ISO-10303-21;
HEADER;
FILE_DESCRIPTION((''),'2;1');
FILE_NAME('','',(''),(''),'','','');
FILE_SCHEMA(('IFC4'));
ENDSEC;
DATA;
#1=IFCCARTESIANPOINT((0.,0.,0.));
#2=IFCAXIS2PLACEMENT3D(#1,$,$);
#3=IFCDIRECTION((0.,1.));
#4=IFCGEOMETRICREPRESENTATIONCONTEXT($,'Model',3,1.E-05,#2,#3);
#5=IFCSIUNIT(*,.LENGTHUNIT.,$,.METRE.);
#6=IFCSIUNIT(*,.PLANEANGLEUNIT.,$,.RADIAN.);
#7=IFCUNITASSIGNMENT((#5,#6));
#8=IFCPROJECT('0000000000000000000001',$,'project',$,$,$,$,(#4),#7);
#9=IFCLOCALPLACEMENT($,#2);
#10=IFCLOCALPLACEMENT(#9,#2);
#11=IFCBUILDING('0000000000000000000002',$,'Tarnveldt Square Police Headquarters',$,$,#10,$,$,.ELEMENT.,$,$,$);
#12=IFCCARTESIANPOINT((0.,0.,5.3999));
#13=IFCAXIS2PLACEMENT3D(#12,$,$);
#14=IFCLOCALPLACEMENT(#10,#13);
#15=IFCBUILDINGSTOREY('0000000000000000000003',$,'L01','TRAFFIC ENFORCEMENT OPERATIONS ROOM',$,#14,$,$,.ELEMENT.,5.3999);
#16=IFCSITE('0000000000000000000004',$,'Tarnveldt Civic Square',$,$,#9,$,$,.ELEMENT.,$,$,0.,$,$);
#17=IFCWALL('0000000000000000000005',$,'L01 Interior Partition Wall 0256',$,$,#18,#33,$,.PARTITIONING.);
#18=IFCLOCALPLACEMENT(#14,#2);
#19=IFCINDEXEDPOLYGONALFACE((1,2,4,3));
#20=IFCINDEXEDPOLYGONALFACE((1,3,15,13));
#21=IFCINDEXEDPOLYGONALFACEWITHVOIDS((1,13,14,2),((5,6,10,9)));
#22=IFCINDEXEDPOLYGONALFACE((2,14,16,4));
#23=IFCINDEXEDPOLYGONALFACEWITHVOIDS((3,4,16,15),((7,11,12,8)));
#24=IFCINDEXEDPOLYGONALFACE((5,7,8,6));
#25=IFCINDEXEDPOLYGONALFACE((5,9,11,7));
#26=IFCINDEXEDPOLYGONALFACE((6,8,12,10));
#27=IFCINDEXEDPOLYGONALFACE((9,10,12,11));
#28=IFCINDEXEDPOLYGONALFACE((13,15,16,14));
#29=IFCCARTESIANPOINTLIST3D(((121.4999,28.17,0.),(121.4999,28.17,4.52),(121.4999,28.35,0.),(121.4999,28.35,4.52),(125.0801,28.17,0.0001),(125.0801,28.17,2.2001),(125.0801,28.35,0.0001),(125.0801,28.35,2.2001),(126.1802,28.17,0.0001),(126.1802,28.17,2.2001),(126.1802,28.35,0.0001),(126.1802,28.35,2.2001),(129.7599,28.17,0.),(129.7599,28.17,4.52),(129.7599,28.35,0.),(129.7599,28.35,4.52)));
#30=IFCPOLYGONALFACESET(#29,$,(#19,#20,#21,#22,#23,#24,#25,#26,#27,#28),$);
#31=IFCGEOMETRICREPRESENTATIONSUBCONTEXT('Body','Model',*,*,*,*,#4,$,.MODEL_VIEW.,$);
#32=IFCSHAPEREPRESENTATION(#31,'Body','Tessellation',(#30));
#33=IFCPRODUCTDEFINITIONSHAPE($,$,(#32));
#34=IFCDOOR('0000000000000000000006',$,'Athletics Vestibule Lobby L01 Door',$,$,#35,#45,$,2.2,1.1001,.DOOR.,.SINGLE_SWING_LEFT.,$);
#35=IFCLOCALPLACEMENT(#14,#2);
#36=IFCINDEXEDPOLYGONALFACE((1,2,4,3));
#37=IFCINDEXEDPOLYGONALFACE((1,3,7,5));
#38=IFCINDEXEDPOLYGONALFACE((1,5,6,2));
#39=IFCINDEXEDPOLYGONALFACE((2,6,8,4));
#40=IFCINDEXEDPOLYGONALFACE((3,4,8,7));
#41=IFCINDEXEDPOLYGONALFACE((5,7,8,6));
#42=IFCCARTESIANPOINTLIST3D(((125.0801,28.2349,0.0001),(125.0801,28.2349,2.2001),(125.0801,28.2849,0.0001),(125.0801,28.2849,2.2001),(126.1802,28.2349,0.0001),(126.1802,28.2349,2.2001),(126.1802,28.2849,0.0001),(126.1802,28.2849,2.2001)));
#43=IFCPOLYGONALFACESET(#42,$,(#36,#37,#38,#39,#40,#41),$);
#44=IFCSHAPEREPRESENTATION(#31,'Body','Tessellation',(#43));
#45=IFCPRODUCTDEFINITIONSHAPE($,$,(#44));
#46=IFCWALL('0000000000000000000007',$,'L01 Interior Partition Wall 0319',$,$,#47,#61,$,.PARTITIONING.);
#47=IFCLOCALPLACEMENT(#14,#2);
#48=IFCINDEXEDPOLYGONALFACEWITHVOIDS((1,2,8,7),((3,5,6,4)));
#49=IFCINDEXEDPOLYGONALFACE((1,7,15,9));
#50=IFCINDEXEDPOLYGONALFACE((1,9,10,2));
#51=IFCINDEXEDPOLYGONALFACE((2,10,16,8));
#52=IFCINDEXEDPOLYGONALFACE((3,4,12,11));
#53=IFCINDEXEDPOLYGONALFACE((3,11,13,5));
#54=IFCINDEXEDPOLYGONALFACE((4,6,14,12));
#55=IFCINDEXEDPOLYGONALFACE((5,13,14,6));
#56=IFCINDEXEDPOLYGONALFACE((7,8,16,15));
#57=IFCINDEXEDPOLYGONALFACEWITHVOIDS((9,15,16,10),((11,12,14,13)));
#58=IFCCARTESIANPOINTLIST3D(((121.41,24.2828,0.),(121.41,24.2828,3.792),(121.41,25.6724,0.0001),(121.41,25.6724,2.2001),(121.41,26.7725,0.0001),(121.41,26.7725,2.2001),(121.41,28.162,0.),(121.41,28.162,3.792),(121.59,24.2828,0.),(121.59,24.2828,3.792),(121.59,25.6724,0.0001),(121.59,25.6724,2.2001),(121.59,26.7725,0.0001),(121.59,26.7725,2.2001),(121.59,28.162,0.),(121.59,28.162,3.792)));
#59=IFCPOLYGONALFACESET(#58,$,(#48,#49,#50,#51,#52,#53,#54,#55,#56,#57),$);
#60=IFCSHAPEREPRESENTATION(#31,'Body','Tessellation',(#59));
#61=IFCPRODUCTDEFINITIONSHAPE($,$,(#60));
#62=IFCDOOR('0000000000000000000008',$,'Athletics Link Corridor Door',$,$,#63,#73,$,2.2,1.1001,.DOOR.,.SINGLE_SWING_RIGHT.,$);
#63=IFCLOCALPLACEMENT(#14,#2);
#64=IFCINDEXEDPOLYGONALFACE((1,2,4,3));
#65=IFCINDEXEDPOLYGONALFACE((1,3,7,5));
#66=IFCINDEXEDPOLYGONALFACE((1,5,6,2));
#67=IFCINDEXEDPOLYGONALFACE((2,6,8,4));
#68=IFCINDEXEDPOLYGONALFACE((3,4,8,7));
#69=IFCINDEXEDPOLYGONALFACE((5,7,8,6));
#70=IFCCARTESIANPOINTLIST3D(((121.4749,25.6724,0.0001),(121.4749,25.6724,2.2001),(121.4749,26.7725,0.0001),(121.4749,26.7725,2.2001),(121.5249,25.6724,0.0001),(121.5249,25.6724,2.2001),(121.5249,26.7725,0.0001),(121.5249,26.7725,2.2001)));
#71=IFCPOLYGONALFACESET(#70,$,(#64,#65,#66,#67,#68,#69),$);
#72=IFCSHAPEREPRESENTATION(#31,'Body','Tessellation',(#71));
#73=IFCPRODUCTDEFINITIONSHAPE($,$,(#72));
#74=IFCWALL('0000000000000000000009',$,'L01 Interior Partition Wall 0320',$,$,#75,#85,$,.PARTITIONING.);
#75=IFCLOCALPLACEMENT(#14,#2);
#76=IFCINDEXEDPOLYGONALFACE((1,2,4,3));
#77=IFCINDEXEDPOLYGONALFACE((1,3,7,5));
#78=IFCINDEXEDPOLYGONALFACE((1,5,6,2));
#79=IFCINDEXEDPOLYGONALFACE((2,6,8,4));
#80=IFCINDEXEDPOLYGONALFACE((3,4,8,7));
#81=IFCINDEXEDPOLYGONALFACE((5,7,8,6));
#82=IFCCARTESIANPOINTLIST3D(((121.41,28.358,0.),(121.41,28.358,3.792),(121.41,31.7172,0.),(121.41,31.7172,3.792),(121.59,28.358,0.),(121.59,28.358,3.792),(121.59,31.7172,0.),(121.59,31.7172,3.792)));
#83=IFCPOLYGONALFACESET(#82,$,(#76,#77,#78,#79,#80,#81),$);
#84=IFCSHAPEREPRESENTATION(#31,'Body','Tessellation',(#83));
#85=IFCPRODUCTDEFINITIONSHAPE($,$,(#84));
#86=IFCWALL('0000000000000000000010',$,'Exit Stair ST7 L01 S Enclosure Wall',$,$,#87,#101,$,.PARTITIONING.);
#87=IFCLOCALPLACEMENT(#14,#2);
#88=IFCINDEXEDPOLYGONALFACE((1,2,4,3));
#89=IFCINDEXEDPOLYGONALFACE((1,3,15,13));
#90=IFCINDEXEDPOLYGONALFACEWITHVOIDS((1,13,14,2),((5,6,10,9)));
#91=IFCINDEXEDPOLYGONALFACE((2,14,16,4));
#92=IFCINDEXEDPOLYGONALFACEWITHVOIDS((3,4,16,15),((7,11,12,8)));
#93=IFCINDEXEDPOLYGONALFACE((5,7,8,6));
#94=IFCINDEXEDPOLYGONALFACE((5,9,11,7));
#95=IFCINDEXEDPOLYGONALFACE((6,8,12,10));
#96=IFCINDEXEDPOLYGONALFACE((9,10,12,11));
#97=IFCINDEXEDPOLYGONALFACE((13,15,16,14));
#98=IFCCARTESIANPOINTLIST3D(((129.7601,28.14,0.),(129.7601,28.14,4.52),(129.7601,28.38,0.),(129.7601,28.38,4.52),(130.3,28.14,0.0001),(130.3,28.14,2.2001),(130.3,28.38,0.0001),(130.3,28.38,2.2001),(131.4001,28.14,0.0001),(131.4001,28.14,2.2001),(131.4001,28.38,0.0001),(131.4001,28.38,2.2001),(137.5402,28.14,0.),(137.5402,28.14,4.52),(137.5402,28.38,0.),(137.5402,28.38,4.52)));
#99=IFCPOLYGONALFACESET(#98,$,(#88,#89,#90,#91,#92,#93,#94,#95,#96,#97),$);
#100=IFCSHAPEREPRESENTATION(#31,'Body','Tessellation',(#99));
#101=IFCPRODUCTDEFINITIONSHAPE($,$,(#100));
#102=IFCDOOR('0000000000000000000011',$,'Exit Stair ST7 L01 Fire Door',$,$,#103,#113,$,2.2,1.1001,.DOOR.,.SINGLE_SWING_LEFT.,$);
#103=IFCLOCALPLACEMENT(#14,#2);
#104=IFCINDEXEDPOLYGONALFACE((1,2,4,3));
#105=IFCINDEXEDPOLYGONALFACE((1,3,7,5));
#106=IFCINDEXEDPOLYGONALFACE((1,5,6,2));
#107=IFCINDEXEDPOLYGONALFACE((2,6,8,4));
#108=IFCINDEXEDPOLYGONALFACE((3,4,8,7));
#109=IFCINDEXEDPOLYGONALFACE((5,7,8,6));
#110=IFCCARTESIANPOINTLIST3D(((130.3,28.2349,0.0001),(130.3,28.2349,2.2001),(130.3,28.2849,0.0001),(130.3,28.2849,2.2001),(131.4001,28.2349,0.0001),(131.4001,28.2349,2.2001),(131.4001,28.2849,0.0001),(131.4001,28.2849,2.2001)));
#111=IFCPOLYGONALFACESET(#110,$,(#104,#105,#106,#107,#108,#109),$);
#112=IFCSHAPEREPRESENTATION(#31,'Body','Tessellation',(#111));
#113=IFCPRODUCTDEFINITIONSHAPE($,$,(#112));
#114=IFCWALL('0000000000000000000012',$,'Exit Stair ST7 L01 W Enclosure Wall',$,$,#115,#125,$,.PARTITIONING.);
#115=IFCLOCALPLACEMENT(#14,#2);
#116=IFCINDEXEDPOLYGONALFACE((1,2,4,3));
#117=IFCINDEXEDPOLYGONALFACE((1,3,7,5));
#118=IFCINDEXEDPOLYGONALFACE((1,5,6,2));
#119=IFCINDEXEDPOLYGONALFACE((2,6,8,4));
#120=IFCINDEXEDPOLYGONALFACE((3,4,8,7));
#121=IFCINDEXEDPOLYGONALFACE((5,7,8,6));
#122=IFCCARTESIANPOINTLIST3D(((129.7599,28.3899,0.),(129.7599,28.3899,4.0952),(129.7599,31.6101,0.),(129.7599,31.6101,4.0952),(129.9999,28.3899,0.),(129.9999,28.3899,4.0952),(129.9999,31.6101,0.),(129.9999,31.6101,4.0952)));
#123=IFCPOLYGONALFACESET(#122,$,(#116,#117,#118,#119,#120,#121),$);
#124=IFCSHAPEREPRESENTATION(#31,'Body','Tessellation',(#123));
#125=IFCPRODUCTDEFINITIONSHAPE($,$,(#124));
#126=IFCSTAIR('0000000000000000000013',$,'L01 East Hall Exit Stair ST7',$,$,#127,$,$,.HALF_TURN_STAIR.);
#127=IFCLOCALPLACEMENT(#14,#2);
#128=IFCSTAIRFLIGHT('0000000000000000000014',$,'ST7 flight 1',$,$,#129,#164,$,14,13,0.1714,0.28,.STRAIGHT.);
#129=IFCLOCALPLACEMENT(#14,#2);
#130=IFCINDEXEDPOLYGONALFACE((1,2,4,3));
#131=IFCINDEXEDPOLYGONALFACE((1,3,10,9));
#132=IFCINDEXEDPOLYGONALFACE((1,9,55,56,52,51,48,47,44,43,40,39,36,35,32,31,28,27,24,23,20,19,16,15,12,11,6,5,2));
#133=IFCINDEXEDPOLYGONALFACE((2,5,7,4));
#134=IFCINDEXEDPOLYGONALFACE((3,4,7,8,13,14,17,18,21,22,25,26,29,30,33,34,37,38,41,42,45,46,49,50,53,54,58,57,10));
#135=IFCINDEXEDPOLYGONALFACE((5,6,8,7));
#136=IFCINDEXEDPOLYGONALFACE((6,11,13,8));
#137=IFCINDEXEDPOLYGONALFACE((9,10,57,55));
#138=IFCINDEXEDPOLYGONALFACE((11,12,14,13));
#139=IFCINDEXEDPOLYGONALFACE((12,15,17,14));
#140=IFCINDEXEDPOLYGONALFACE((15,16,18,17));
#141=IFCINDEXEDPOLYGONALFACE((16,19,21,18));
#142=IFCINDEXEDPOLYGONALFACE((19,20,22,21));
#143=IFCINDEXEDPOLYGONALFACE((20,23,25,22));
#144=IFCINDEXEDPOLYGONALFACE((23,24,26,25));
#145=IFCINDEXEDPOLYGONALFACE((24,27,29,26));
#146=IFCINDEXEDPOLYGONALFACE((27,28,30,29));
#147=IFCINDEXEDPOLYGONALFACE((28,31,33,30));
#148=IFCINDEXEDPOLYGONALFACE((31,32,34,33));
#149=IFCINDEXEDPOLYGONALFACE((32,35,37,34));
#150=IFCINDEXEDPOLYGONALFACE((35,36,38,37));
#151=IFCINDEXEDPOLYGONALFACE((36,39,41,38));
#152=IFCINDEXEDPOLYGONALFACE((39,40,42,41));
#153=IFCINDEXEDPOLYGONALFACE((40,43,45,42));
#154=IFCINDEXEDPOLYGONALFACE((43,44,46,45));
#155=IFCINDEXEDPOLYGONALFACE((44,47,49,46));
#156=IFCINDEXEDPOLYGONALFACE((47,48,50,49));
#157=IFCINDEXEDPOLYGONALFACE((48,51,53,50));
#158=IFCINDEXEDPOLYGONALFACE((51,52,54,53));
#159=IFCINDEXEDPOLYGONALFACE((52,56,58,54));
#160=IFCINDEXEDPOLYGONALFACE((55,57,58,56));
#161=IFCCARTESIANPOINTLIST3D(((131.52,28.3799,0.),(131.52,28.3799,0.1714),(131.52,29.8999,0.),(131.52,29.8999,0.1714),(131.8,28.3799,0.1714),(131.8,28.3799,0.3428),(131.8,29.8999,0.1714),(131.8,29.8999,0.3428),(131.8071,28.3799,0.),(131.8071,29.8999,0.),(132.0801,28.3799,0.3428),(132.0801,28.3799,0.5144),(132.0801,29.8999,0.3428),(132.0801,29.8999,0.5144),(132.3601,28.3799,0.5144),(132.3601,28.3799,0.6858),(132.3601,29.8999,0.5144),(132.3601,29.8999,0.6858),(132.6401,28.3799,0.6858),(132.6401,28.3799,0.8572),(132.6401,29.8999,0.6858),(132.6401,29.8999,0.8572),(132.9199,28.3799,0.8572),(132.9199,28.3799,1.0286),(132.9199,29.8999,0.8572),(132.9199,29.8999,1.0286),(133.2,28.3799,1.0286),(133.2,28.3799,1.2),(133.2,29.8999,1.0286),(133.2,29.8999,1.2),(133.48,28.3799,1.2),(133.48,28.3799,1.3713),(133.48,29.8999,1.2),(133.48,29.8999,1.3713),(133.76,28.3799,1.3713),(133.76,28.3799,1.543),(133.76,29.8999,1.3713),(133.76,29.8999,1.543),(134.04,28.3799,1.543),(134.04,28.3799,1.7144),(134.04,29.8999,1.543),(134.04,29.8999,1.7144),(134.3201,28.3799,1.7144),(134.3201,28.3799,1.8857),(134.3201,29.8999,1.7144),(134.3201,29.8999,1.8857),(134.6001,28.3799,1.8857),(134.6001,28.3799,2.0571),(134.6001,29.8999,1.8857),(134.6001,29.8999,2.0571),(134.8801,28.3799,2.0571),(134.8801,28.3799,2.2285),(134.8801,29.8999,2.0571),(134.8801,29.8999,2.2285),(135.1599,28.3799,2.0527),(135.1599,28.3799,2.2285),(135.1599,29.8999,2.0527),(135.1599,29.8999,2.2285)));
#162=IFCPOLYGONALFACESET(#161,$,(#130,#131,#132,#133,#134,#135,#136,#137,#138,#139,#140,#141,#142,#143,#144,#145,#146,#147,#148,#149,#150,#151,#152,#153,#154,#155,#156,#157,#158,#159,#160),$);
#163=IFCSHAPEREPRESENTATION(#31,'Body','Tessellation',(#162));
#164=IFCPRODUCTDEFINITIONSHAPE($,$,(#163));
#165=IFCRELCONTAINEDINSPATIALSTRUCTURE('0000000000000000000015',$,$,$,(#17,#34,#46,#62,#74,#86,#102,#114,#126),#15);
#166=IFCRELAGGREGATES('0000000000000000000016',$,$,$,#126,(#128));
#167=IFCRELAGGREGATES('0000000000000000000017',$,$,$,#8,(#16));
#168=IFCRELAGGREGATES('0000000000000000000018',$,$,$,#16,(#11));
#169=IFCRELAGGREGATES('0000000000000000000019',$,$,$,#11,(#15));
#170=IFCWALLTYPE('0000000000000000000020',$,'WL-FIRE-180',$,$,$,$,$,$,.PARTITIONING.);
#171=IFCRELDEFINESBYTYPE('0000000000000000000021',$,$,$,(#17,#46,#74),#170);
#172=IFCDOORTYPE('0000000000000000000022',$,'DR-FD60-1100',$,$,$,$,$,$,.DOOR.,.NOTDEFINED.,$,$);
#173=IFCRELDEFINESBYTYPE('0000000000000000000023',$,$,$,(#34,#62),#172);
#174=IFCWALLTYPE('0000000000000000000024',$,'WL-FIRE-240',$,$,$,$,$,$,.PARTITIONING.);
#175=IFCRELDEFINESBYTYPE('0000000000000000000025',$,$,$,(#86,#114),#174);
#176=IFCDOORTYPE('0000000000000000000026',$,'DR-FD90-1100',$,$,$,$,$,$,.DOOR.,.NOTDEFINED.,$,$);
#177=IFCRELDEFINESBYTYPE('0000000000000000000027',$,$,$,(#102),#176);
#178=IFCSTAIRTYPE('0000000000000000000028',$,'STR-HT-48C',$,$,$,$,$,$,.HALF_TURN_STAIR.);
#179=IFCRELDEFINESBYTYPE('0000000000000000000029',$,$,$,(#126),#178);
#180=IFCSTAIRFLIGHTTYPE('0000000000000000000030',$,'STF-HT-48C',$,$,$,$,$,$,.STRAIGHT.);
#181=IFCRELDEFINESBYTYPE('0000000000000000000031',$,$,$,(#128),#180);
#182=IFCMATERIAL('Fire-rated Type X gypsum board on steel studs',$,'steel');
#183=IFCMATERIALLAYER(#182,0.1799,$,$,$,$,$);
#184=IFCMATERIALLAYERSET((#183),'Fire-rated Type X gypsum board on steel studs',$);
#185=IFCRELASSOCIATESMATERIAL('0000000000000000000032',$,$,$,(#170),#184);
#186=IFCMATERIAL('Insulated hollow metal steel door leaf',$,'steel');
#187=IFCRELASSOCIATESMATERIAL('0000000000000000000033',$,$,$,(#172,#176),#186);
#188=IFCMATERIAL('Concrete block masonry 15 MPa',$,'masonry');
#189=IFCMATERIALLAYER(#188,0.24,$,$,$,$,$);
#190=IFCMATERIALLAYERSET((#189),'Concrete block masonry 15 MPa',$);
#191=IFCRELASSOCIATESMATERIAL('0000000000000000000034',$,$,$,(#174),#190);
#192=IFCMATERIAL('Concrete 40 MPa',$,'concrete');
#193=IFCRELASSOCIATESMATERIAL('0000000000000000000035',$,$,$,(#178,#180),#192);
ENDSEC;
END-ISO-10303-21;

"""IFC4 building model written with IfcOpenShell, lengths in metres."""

from ifc_helpers import new_model, si_unit, direction, frame, frame_2d, origin, place, context, subcontext, project, spatial, polyline, rectangle, outline, extrude, material, layer, layer_set, type_object, element, fill, aggregate, save


model = new_model("IFC4")

# Units and contexts
model_context = context("Model", 3, precision=1e-05, world=origin(), true_north=direction((0.0, 1.0)))
body_context = subcontext(model_context, "Body", "Model", "MODEL_VIEW")
ifc_project = project(units=[si_unit("LENGTHUNIT", "METRE"), si_unit("PLANEANGLEUNIT", "RADIAN")], contexts=[model_context])

# Site, building, storey
site_placement = place(None, origin())
site = spatial("IfcSite", under=ifc_project, at=site_placement, Name="Tarnveldt Civic Square", CompositionType="ELEMENT", RefElevation=0.0)
building_placement = place(site_placement, origin())
building = spatial("IfcBuilding", under=site, at=building_placement, Name="Tarnveldt Square Police Headquarters", CompositionType="ELEMENT")
storey_placement = place(building_placement, frame((0.0, 0.0, 5.3999)))
storey = spatial("IfcBuildingStorey", under=building, at=storey_placement, Name="L01", Description="TRAFFIC ENFORCEMENT OPERATIONS ROOM", CompositionType="ELEMENT", Elevation=5.3999)

# Shared definitions
ifc_material_1 = material(Name="Concrete 40 MPa", Category="concrete")

# Walls, openings, doors
ifc_material_2 = material(Name="Fire-rated Type X gypsum board on steel studs", Category="steel")
ifc_layer_1 = layer(ifc_material_2, 0.1799)
ifc_layer_set_1 = layer_set([ifc_layer_1], Name="Fire-rated Type X gypsum board on steel studs")
wall_type_1 = type_object("IfcWallType", Name="WL-FIRE-180", PredefinedType="PARTITIONING", material=ifc_layer_set_1)
wall_1_placement = place(storey_placement, frame((121.5, 28.26, 0.0), z_axis=(0.0, 0.0, 1.0), x_axis=(1.0, 0.0, 0.0)))
wall_1 = element("IfcWall", 1, at=wall_1_placement, inside=storey, type_object=wall_type_1, Name="L01 Interior Partition Wall 0256", PredefinedType="PARTITIONING", context=body_context, shape_type="SweptSolid", body=[
    extrude(rectangle(XDim=8.26, YDim=0.1799, at=frame_2d((4.1299, 0.0))), origin(), (0.0, 0.0, 1.0), 4.52),
])
opening_1_placement = place(wall_1_placement, frame((3.5801, 0.0, 0.0)))
opening_1 = element("IfcOpeningElement", 2, at=opening_1_placement, cuts=wall_1, PredefinedType="OPENING", context=body_context, shape_type="SweptSolid", body=[
    extrude(rectangle(XDim=1.1001, YDim=2.2, at=frame_2d((0.55, 1.1001))), frame((0.0, 0.0999, 0.0), z_axis=(0.0, -1.0, 0.0), x_axis=(1.0, 0.0, 0.0)), (0.0, 0.0, 1.0), 0.2),
])
ifc_material_3 = material(Name="Insulated hollow metal steel door leaf", Category="steel")
door_type_1 = type_object("IfcDoorType", Name="DR-FD60-1100", OperationType="NOTDEFINED", PredefinedType="DOOR", material=ifc_material_3)
door_1_placement = place(opening_1_placement, origin())
door_1 = element("IfcDoor", 3, at=door_1_placement, inside=storey, type_object=door_type_1, Name="Athletics Vestibule Lobby L01 Door", OperationType="SINGLE_SWING_LEFT", OverallHeight=2.2, OverallWidth=1.1001, PredefinedType="DOOR", context=body_context, shape_type="SweptSolid", body=[
    extrude(rectangle(XDim=1.1001, YDim=2.2, at=frame_2d((0.55, 1.1001))), frame((0.0, 0.0249, 0.0), z_axis=(0.0, -1.0, 0.0), x_axis=(1.0, 0.0, 0.0)), (0.0, 0.0, 1.0), 0.05),
])
fill(opening_1, door_1)
wall_2_placement = place(storey_placement, frame((121.5, 24.283, 0.0), z_axis=(0.0, 0.0, 1.0), x_axis=(0.0, 1.0, 0.0)))
wall_2 = element("IfcWall", 4, at=wall_2_placement, inside=storey, type_object=wall_type_1, Name="L01 Interior Partition Wall 0319", PredefinedType="PARTITIONING", context=body_context, shape_type="SweptSolid", body=[
    extrude(rectangle(XDim=3.8792, YDim=0.1799, at=frame_2d((1.9395, 0.0))), origin(), (0.0, 0.0, 1.0), 3.792),
])
opening_2_placement = place(wall_2_placement, frame((1.3894, 0.0, 0.0)))
opening_2 = element("IfcOpeningElement", 5, at=opening_2_placement, cuts=wall_2, PredefinedType="OPENING", context=body_context, shape_type="SweptSolid", body=[
    extrude(rectangle(XDim=1.1001, YDim=2.2, at=frame_2d((0.55, 1.1001))), frame((0.0, 0.0999, 0.0), z_axis=(0.0, -1.0, 0.0), x_axis=(1.0, 0.0, 0.0)), (0.0, 0.0, 1.0), 0.2),
])
door_2_placement = place(opening_2_placement, frame((1.1001, 0.0, 0.0), z_axis=(0.0, 0.0, 1.0), x_axis=(-1.0, 0.0, 0.0)))
door_2 = element("IfcDoor", 6, at=door_2_placement, inside=storey, type_object=door_type_1, Name="Athletics Link Corridor Door", OperationType="SINGLE_SWING_RIGHT", OverallHeight=2.2, OverallWidth=1.1001, PredefinedType="DOOR", context=body_context, shape_type="SweptSolid", body=[
    extrude(rectangle(XDim=1.1001, YDim=2.2, at=frame_2d((0.55, 1.1001))), frame((0.0, 0.0249, 0.0), z_axis=(0.0, -1.0, 0.0), x_axis=(1.0, 0.0, 0.0)), (0.0, 0.0, 1.0), 0.05),
])
fill(opening_2, door_2)

# Wall
wall_3_placement = place(storey_placement, frame((121.5, 28.3579, 0.0), z_axis=(0.0, 0.0, 1.0), x_axis=(0.0, 1.0, 0.0)))
element("IfcWall", 7, at=wall_3_placement, inside=storey, type_object=wall_type_1, Name="L01 Interior Partition Wall 0320", PredefinedType="PARTITIONING", context=body_context, shape_type="SweptSolid", body=[
    extrude(rectangle(XDim=3.3591, YDim=0.1799, at=frame_2d((1.6797, 0.0))), origin(), (0.0, 0.0, 1.0), 3.792),
])

# Wall, opening, door
ifc_material_4 = material(Name="Concrete block masonry 15 MPa", Category="masonry")
ifc_layer_2 = layer(ifc_material_4, 0.24)
ifc_layer_set_2 = layer_set([ifc_layer_2], Name="Concrete block masonry 15 MPa")
wall_type_2 = type_object("IfcWallType", Name="WL-FIRE-240", PredefinedType="PARTITIONING", material=ifc_layer_set_2)
wall_4_placement = place(storey_placement, frame((129.76, 28.26, 0.0), z_axis=(0.0, 0.0, 1.0), x_axis=(1.0, 0.0, 0.0)))
wall_4 = element("IfcWall", 8, at=wall_4_placement, inside=storey, type_object=wall_type_2, Name="Exit Stair ST7 L01 S Enclosure Wall", PredefinedType="PARTITIONING", context=body_context, shape_type="SweptSolid", body=[
    extrude(rectangle(XDim=7.78, YDim=0.24, at=frame_2d((3.8901, 0.0))), origin(), (0.0, 0.0, 1.0), 4.52),
])
opening_3_placement = place(wall_4_placement, frame((0.54, 0.0, 0.0)))
opening_3 = element("IfcOpeningElement", 9, at=opening_3_placement, cuts=wall_4, PredefinedType="OPENING", context=body_context, shape_type="SweptSolid", body=[
    extrude(rectangle(XDim=1.1001, YDim=2.2, at=frame_2d((0.55, 1.1001))), frame((0.0, 0.1299, 0.0), z_axis=(0.0, -1.0, 0.0), x_axis=(1.0, 0.0, 0.0)), (0.0, 0.0, 1.0), 0.26),
])
door_type_2 = type_object("IfcDoorType", Name="DR-FD90-1100", OperationType="NOTDEFINED", PredefinedType="DOOR", material=ifc_material_3)
door_3_placement = place(opening_3_placement, origin())
door_3 = element("IfcDoor", 10, at=door_3_placement, inside=storey, type_object=door_type_2, Name="Exit Stair ST7 L01 Fire Door", OperationType="SINGLE_SWING_LEFT", OverallHeight=2.2, OverallWidth=1.1001, PredefinedType="DOOR", context=body_context, shape_type="SweptSolid", body=[
    extrude(rectangle(XDim=1.1001, YDim=2.2, at=frame_2d((0.55, 1.1001))), frame((0.0, 0.0249, 0.0), z_axis=(0.0, -1.0, 0.0), x_axis=(1.0, 0.0, 0.0)), (0.0, 0.0, 1.0), 0.05),
])
fill(opening_3, door_3)

# Wall
wall_5_placement = place(storey_placement, frame((129.8799, 28.3899, 0.0), z_axis=(0.0, 0.0, 1.0), x_axis=(0.0, 1.0, 0.0)))
element("IfcWall", 11, at=wall_5_placement, inside=storey, type_object=wall_type_2, Name="Exit Stair ST7 L01 W Enclosure Wall", PredefinedType="PARTITIONING", context=body_context, shape_type="SweptSolid", body=[
    extrude(rectangle(XDim=3.2202, YDim=0.24, at=frame_2d((1.6101, 0.0))), origin(), (0.0, 0.0, 1.0), 4.0952),
])

# Stair, stair flight
stair_type = type_object("IfcStairType", Name="STR-HT-48C", PredefinedType="HALF_TURN_STAIR", material=ifc_material_1)
stair_placement = place(storey_placement, origin())
stair = element("IfcStair", 12, at=stair_placement, inside=storey, type_object=stair_type, Name="L01 East Hall Exit Stair ST7", PredefinedType="HALF_TURN_STAIR")
stair_flight_type = type_object("IfcStairFlightType", Name="STF-HT-48C", PredefinedType="STRAIGHT", material=ifc_material_1)
stair_flight_1_placement = place(storey_placement, frame((131.52, 29.1399, 0.0), z_axis=(0.0, 0.0, 1.0), x_axis=(1.0, 0.0, 0.0)))
stair_flight_1 = element("IfcStairFlight", 13, at=stair_flight_1_placement, type_object=stair_flight_type, Name="ST7 flight 1", NumberOfRisers=14, NumberOfTreads=13, PredefinedType="STRAIGHT", RiserHeight=0.1714, TreadLength=0.28, context=body_context, shape_type="SweptSolid", body=[
    extrude(outline(polyline([(0.0, 0.0), (0.0, 0.1714), (0.28, 0.1714), (0.28, 0.3428), (0.5601, 0.3428), (0.5601, 0.5144), (0.8401, 0.5144), (0.8401, 0.6858), (1.1201, 0.6858), (1.1201, 0.8572), (1.3999, 0.8572), (1.3999, 1.0286), (1.6799, 1.0286), (1.6799, 1.2), (1.96, 1.2), (1.96, 1.3713), (2.24, 1.3713), (2.24, 1.543), (2.52, 1.543), (2.52, 1.7144), (2.8, 1.7144), (2.8, 1.8857), (3.0801, 1.8857), (3.0801, 2.0571), (3.3601, 2.0571), (3.3601, 2.2285), (3.6399, 2.2285), (3.6399, 2.3999), (3.6399, 2.0527), (0.2871, 0.0), (0.0, 0.0)])), frame((0.0, 0.76, 0.0), z_axis=(0.0, -1.0, 0.0), x_axis=(1.0, 0.0, 0.0)), (0.0, 0.0, 1.0), 1.52),
])
aggregate(stair, [stair_flight_1])

save(model, "model.ifc")
